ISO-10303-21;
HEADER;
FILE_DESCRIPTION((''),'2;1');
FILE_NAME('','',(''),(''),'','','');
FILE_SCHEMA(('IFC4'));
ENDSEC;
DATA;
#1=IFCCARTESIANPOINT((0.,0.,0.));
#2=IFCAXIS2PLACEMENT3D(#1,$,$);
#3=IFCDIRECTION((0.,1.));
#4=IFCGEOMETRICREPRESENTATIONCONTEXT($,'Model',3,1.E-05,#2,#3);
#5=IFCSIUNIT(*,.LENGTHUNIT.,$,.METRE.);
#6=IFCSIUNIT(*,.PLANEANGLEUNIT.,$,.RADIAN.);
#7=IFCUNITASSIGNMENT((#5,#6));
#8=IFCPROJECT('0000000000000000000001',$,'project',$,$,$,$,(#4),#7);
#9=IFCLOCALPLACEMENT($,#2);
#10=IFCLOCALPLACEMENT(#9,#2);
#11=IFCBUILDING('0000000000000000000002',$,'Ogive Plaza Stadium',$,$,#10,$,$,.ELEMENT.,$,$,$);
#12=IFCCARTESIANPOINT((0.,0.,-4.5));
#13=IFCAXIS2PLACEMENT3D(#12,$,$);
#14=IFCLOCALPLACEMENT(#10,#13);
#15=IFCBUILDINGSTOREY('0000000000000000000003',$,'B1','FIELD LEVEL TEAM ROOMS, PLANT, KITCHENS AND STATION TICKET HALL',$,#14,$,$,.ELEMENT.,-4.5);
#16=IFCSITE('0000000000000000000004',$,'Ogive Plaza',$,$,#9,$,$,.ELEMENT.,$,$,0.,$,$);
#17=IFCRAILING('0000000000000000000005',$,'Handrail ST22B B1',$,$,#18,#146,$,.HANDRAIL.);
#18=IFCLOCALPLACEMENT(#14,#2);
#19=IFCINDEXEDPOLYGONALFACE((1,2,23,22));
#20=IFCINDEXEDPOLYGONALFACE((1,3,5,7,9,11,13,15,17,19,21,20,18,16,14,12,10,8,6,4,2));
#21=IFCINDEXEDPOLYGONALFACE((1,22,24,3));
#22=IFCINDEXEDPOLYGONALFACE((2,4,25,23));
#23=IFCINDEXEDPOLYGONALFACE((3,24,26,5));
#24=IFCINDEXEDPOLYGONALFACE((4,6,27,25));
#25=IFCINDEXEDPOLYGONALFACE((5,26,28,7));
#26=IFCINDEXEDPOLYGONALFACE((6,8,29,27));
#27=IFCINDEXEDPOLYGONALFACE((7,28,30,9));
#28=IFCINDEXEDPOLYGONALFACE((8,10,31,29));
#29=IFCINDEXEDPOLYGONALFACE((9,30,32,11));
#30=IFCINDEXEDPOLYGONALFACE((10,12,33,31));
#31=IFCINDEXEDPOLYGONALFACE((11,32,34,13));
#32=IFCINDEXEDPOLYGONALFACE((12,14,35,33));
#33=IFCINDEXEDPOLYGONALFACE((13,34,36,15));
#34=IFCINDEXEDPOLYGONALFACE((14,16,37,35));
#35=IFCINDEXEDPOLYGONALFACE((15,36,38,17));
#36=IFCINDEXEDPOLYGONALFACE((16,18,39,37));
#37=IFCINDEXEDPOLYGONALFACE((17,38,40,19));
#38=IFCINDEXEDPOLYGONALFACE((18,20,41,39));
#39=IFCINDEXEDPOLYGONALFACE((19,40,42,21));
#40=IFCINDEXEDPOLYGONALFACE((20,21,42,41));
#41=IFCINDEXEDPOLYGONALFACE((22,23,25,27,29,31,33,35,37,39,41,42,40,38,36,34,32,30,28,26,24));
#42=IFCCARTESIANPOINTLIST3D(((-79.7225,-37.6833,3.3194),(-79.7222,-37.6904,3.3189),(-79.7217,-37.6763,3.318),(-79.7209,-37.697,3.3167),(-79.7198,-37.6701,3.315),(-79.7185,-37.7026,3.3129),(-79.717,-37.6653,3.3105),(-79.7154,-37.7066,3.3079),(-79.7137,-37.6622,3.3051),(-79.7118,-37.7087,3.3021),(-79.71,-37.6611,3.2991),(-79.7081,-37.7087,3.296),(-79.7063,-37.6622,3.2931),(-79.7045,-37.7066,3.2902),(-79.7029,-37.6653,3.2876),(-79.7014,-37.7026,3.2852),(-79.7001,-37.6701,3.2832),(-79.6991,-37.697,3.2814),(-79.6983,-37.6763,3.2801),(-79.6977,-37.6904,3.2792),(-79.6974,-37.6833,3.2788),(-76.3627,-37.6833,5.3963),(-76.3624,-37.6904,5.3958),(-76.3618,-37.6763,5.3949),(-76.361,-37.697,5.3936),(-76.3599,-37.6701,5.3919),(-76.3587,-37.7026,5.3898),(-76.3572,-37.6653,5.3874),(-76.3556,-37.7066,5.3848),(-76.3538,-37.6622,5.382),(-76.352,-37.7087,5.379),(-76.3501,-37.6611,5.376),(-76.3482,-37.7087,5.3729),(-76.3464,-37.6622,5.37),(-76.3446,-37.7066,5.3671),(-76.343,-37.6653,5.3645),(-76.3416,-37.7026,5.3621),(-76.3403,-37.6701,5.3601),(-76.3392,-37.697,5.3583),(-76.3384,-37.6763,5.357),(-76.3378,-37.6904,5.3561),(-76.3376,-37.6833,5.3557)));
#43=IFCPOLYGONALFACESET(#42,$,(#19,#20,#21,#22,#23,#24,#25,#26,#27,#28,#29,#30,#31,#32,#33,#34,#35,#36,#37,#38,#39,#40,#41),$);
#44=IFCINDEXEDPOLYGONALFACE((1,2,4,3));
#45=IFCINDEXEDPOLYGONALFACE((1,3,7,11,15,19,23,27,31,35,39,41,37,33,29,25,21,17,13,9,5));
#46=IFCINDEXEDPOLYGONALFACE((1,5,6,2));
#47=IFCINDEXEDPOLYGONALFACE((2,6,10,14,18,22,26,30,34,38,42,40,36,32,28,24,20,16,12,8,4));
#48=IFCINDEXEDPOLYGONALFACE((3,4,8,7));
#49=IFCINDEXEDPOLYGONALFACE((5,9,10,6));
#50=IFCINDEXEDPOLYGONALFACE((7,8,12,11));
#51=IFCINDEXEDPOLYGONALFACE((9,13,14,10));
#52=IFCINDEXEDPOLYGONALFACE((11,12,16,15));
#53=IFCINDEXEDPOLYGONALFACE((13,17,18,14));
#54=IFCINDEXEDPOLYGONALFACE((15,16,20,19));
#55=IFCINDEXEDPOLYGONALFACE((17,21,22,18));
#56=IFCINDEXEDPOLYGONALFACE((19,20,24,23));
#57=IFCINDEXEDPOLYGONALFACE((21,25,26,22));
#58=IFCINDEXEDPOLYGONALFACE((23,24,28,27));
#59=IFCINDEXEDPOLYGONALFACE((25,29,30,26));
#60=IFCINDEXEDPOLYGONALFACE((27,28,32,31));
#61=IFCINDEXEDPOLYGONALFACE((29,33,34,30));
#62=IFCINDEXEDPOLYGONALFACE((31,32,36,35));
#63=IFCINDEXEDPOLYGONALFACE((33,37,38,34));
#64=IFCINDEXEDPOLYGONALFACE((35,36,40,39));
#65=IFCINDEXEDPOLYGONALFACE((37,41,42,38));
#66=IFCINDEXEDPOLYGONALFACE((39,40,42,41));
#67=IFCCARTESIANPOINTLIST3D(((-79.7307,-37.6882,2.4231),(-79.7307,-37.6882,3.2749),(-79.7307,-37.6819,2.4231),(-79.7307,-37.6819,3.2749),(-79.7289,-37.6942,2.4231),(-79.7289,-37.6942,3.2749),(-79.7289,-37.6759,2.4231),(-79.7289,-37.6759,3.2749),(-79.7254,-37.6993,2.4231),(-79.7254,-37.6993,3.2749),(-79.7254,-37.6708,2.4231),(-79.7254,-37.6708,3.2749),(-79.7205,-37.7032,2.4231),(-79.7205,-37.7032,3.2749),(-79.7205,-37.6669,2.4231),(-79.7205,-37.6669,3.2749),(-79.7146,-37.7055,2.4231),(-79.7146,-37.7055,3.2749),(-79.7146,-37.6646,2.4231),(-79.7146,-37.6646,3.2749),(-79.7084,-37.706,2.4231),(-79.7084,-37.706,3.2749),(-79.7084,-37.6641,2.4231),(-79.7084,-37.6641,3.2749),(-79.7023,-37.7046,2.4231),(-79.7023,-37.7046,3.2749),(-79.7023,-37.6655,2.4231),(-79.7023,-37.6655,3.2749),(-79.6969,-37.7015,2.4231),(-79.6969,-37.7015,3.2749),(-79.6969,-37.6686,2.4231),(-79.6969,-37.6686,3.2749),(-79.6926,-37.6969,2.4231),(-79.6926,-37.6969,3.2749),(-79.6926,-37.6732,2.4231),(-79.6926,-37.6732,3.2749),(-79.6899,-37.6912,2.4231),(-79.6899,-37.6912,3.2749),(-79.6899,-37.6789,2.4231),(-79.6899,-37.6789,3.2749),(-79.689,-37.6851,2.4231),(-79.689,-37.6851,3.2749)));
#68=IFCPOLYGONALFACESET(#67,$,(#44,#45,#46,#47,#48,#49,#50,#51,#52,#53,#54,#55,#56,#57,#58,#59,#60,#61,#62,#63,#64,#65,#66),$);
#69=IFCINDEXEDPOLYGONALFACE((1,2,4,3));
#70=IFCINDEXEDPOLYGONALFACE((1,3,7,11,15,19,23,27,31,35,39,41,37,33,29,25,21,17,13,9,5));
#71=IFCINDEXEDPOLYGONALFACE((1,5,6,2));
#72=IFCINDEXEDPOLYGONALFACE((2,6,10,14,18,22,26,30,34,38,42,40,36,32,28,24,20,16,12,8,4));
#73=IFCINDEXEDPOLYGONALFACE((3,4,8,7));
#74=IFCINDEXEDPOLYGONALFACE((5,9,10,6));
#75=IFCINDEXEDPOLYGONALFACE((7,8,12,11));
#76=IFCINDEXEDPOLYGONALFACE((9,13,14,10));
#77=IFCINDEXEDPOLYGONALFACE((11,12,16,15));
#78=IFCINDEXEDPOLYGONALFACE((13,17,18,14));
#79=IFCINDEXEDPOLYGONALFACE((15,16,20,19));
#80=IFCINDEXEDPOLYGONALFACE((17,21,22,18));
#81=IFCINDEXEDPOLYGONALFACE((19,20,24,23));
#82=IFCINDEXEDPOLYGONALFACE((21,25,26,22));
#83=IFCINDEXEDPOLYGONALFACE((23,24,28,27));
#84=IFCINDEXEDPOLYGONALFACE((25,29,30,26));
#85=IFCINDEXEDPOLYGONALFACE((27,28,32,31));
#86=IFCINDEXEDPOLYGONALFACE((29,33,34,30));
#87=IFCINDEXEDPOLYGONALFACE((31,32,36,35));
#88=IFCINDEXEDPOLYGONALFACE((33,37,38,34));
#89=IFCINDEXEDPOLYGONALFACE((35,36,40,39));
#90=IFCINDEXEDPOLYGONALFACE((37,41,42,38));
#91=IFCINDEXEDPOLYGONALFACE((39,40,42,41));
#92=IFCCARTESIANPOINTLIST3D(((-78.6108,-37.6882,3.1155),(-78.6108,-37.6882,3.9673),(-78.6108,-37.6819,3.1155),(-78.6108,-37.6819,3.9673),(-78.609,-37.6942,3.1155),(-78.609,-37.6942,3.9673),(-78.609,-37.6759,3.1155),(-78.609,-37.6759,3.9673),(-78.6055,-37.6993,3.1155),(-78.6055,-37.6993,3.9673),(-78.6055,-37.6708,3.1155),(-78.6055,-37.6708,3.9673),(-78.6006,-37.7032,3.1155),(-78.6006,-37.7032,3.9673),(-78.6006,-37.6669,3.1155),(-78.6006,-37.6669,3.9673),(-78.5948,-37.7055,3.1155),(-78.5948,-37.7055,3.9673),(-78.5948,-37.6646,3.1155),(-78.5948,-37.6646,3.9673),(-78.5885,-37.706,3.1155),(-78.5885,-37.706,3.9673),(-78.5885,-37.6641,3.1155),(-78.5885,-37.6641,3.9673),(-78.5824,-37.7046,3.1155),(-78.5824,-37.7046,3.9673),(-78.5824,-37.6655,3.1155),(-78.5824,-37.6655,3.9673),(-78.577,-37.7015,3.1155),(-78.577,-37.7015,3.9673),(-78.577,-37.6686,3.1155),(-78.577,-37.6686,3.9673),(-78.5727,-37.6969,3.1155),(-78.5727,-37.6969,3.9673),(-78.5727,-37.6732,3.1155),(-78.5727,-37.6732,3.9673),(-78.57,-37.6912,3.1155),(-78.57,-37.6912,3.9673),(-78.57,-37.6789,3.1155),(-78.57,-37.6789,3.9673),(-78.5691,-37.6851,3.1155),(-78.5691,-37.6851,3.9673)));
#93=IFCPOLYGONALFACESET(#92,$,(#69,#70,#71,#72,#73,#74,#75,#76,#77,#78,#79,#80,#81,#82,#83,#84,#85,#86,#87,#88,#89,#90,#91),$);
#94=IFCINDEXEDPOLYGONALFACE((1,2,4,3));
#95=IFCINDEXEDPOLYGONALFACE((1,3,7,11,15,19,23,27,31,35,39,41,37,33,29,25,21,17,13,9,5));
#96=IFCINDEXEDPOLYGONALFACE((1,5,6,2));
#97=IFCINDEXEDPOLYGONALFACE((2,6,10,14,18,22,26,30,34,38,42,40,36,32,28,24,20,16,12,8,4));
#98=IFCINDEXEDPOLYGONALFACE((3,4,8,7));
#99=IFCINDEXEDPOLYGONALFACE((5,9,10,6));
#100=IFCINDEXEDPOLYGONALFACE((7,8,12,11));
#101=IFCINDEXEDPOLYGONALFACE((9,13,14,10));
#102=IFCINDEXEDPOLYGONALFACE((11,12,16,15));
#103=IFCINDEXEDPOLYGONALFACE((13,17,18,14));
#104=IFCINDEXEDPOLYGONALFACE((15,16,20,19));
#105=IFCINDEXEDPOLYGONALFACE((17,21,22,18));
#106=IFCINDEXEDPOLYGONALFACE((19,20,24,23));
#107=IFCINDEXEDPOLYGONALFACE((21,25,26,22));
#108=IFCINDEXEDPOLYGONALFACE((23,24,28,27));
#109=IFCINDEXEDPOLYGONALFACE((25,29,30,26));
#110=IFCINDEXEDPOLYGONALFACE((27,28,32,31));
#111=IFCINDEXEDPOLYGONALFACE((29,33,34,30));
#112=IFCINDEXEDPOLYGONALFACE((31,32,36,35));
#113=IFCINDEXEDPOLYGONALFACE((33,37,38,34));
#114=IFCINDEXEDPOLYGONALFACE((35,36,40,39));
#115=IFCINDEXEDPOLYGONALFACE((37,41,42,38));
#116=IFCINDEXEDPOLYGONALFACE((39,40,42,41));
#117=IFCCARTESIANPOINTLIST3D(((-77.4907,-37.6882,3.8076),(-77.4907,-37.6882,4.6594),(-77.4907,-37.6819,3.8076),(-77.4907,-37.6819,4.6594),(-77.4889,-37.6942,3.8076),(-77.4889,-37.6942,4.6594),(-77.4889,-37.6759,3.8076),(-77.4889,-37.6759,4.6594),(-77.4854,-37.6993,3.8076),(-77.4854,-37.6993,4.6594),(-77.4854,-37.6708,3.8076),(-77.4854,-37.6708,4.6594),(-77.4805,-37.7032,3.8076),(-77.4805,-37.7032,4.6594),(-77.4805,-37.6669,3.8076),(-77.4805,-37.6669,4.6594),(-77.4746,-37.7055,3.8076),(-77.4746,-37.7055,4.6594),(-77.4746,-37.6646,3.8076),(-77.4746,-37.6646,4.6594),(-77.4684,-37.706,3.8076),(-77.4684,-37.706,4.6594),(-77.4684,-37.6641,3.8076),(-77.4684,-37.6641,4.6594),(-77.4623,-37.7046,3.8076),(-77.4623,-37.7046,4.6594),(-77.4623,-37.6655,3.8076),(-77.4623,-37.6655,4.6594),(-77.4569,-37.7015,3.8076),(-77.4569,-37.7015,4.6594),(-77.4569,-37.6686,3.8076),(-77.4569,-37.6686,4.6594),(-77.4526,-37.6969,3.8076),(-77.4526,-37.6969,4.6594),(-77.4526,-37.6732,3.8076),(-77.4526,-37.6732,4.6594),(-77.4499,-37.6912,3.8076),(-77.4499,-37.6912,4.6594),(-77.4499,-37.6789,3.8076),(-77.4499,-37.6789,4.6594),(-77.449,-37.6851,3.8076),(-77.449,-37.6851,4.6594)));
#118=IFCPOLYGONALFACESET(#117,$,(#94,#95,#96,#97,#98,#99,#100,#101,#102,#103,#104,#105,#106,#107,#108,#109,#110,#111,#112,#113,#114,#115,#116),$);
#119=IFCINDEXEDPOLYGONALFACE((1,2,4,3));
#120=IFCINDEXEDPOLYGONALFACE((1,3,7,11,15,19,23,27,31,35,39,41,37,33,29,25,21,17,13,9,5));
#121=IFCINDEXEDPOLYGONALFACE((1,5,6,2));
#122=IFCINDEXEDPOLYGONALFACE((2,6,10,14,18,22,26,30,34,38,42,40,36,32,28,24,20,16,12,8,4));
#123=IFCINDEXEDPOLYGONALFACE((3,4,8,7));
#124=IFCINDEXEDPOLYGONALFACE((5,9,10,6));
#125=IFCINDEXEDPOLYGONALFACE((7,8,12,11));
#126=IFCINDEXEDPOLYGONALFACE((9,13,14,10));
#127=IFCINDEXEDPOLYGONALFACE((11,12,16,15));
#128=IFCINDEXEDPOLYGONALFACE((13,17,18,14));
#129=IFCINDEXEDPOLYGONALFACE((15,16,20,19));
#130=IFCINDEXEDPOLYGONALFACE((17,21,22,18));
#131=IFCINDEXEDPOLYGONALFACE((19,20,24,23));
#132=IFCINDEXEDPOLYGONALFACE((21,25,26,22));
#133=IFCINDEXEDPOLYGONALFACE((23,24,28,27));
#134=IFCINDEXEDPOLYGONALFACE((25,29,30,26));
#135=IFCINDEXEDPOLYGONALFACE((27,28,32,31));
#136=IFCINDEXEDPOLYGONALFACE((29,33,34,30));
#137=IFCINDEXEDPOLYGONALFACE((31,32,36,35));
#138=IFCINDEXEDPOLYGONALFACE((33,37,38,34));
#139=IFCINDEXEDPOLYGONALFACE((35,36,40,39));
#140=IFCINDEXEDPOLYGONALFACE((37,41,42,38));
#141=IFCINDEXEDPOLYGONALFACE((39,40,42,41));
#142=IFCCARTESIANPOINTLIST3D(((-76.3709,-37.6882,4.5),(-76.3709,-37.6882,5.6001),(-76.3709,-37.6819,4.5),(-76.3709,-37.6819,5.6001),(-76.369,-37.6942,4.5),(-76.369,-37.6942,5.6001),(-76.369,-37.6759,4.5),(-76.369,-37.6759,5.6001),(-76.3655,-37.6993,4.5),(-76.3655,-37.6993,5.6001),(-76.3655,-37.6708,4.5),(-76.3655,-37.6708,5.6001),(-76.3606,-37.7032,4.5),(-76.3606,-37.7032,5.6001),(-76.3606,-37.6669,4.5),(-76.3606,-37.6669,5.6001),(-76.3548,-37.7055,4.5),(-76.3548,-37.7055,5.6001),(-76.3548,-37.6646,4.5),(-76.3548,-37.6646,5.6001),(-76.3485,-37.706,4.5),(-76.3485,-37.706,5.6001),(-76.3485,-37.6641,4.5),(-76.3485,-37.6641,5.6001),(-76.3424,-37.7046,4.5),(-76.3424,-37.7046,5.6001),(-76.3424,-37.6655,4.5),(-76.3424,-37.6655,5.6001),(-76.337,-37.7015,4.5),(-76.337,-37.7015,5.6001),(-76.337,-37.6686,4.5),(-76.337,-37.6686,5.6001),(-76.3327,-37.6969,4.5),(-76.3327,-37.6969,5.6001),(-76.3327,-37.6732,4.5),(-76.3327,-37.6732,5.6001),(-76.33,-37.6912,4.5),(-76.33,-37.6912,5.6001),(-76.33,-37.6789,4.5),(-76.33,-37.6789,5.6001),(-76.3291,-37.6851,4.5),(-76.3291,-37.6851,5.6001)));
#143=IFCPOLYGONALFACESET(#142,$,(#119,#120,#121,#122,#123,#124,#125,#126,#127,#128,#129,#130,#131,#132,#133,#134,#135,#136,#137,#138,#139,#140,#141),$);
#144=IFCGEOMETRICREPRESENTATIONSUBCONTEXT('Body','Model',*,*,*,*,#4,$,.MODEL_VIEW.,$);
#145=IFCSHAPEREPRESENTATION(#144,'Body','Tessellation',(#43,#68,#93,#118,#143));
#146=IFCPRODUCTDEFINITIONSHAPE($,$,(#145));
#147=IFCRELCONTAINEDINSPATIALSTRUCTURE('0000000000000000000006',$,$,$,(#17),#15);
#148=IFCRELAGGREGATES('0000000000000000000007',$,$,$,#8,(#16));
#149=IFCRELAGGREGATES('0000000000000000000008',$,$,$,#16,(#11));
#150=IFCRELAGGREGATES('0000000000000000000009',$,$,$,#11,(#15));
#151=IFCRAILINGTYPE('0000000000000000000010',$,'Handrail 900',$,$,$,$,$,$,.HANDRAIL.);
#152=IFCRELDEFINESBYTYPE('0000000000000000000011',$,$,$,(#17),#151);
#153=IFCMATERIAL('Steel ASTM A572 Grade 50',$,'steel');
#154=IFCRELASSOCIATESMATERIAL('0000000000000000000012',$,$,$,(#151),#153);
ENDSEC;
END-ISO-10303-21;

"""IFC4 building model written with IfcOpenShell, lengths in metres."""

from ifc_helpers import new_model, si_unit, direction, frame, origin, origin_2d, place, context, subcontext, project, spatial, circle, extrude, material, type_object, element, save


model = new_model("IFC4")

# Units and contexts
model_context = context("Model", 3, precision=1e-05, world=origin(), true_north=direction((0.0, 1.0)))
body_context = subcontext(model_context, "Body", "Model", "MODEL_VIEW")
ifc_project = project(units=[si_unit("LENGTHUNIT", "METRE"), si_unit("PLANEANGLEUNIT", "RADIAN")], contexts=[model_context])

# Site, building, storey
site_placement = place(None, origin())
site = spatial("IfcSite", under=ifc_project, at=site_placement, Name="Ogive Plaza", CompositionType="ELEMENT", RefElevation=0.0)
building_placement = place(site_placement, origin())
building = spatial("IfcBuilding", under=site, at=building_placement, Name="Ogive Plaza Stadium", CompositionType="ELEMENT")
storey_placement = place(building_placement, frame((0.0, 0.0, -4.5)))
storey = spatial("IfcBuildingStorey", under=building, at=storey_placement, Name="B1", Description="FIELD LEVEL TEAM ROOMS, PLANT, KITCHENS AND STATION TICKET HALL", CompositionType="ELEMENT", Elevation=-4.5)

# Railing
ifc_material_1 = material(Name="Steel ASTM A572 Grade 50", Category="steel")
railing_type_1 = type_object("IfcRailingType", Name="Handrail 900", PredefinedType="HANDRAIL", material=ifc_material_1)
for number, where, name in (
    (1, (-79.71, -37.6851, 2.4231), "Handrail ST22B B1"),
):
    element("IfcRailing", number, at=place(storey_placement, frame(where)), inside=storey, type_object=railing_type_1, Name=name, PredefinedType="HANDRAIL", context=body_context, shape_type="SweptSolid", body=[
        extrude(circle(Radius=0.0239, at=origin_2d()), frame((0.0, 0.0, 0.876), z_axis=(0.850606, 0.0, 0.525803), x_axis=(0.0, 1.0, 0.0)), (0.0, 0.0, 1.0), 3.95),
        extrude(circle(Radius=0.021, at=origin_2d()), origin(), (0.0, 0.0, 1.0), 0.8518),
        extrude(circle(Radius=0.021, at=origin_2d()), frame((1.1199, 0.0, 0.6924)), (0.0, 0.0, 1.0), 0.8518),
        extrude(circle(Radius=0.021, at=origin_2d()), frame((2.24, 0.0, 1.3845)), (0.0, 0.0, 1.0), 0.8518),
        extrude(circle(Radius=0.021, at=origin_2d()), frame((3.3599, 0.0, 2.0769)), (0.0, 0.0, 1.0), 1.1001),
    ])

save(model, "model.ifc")
